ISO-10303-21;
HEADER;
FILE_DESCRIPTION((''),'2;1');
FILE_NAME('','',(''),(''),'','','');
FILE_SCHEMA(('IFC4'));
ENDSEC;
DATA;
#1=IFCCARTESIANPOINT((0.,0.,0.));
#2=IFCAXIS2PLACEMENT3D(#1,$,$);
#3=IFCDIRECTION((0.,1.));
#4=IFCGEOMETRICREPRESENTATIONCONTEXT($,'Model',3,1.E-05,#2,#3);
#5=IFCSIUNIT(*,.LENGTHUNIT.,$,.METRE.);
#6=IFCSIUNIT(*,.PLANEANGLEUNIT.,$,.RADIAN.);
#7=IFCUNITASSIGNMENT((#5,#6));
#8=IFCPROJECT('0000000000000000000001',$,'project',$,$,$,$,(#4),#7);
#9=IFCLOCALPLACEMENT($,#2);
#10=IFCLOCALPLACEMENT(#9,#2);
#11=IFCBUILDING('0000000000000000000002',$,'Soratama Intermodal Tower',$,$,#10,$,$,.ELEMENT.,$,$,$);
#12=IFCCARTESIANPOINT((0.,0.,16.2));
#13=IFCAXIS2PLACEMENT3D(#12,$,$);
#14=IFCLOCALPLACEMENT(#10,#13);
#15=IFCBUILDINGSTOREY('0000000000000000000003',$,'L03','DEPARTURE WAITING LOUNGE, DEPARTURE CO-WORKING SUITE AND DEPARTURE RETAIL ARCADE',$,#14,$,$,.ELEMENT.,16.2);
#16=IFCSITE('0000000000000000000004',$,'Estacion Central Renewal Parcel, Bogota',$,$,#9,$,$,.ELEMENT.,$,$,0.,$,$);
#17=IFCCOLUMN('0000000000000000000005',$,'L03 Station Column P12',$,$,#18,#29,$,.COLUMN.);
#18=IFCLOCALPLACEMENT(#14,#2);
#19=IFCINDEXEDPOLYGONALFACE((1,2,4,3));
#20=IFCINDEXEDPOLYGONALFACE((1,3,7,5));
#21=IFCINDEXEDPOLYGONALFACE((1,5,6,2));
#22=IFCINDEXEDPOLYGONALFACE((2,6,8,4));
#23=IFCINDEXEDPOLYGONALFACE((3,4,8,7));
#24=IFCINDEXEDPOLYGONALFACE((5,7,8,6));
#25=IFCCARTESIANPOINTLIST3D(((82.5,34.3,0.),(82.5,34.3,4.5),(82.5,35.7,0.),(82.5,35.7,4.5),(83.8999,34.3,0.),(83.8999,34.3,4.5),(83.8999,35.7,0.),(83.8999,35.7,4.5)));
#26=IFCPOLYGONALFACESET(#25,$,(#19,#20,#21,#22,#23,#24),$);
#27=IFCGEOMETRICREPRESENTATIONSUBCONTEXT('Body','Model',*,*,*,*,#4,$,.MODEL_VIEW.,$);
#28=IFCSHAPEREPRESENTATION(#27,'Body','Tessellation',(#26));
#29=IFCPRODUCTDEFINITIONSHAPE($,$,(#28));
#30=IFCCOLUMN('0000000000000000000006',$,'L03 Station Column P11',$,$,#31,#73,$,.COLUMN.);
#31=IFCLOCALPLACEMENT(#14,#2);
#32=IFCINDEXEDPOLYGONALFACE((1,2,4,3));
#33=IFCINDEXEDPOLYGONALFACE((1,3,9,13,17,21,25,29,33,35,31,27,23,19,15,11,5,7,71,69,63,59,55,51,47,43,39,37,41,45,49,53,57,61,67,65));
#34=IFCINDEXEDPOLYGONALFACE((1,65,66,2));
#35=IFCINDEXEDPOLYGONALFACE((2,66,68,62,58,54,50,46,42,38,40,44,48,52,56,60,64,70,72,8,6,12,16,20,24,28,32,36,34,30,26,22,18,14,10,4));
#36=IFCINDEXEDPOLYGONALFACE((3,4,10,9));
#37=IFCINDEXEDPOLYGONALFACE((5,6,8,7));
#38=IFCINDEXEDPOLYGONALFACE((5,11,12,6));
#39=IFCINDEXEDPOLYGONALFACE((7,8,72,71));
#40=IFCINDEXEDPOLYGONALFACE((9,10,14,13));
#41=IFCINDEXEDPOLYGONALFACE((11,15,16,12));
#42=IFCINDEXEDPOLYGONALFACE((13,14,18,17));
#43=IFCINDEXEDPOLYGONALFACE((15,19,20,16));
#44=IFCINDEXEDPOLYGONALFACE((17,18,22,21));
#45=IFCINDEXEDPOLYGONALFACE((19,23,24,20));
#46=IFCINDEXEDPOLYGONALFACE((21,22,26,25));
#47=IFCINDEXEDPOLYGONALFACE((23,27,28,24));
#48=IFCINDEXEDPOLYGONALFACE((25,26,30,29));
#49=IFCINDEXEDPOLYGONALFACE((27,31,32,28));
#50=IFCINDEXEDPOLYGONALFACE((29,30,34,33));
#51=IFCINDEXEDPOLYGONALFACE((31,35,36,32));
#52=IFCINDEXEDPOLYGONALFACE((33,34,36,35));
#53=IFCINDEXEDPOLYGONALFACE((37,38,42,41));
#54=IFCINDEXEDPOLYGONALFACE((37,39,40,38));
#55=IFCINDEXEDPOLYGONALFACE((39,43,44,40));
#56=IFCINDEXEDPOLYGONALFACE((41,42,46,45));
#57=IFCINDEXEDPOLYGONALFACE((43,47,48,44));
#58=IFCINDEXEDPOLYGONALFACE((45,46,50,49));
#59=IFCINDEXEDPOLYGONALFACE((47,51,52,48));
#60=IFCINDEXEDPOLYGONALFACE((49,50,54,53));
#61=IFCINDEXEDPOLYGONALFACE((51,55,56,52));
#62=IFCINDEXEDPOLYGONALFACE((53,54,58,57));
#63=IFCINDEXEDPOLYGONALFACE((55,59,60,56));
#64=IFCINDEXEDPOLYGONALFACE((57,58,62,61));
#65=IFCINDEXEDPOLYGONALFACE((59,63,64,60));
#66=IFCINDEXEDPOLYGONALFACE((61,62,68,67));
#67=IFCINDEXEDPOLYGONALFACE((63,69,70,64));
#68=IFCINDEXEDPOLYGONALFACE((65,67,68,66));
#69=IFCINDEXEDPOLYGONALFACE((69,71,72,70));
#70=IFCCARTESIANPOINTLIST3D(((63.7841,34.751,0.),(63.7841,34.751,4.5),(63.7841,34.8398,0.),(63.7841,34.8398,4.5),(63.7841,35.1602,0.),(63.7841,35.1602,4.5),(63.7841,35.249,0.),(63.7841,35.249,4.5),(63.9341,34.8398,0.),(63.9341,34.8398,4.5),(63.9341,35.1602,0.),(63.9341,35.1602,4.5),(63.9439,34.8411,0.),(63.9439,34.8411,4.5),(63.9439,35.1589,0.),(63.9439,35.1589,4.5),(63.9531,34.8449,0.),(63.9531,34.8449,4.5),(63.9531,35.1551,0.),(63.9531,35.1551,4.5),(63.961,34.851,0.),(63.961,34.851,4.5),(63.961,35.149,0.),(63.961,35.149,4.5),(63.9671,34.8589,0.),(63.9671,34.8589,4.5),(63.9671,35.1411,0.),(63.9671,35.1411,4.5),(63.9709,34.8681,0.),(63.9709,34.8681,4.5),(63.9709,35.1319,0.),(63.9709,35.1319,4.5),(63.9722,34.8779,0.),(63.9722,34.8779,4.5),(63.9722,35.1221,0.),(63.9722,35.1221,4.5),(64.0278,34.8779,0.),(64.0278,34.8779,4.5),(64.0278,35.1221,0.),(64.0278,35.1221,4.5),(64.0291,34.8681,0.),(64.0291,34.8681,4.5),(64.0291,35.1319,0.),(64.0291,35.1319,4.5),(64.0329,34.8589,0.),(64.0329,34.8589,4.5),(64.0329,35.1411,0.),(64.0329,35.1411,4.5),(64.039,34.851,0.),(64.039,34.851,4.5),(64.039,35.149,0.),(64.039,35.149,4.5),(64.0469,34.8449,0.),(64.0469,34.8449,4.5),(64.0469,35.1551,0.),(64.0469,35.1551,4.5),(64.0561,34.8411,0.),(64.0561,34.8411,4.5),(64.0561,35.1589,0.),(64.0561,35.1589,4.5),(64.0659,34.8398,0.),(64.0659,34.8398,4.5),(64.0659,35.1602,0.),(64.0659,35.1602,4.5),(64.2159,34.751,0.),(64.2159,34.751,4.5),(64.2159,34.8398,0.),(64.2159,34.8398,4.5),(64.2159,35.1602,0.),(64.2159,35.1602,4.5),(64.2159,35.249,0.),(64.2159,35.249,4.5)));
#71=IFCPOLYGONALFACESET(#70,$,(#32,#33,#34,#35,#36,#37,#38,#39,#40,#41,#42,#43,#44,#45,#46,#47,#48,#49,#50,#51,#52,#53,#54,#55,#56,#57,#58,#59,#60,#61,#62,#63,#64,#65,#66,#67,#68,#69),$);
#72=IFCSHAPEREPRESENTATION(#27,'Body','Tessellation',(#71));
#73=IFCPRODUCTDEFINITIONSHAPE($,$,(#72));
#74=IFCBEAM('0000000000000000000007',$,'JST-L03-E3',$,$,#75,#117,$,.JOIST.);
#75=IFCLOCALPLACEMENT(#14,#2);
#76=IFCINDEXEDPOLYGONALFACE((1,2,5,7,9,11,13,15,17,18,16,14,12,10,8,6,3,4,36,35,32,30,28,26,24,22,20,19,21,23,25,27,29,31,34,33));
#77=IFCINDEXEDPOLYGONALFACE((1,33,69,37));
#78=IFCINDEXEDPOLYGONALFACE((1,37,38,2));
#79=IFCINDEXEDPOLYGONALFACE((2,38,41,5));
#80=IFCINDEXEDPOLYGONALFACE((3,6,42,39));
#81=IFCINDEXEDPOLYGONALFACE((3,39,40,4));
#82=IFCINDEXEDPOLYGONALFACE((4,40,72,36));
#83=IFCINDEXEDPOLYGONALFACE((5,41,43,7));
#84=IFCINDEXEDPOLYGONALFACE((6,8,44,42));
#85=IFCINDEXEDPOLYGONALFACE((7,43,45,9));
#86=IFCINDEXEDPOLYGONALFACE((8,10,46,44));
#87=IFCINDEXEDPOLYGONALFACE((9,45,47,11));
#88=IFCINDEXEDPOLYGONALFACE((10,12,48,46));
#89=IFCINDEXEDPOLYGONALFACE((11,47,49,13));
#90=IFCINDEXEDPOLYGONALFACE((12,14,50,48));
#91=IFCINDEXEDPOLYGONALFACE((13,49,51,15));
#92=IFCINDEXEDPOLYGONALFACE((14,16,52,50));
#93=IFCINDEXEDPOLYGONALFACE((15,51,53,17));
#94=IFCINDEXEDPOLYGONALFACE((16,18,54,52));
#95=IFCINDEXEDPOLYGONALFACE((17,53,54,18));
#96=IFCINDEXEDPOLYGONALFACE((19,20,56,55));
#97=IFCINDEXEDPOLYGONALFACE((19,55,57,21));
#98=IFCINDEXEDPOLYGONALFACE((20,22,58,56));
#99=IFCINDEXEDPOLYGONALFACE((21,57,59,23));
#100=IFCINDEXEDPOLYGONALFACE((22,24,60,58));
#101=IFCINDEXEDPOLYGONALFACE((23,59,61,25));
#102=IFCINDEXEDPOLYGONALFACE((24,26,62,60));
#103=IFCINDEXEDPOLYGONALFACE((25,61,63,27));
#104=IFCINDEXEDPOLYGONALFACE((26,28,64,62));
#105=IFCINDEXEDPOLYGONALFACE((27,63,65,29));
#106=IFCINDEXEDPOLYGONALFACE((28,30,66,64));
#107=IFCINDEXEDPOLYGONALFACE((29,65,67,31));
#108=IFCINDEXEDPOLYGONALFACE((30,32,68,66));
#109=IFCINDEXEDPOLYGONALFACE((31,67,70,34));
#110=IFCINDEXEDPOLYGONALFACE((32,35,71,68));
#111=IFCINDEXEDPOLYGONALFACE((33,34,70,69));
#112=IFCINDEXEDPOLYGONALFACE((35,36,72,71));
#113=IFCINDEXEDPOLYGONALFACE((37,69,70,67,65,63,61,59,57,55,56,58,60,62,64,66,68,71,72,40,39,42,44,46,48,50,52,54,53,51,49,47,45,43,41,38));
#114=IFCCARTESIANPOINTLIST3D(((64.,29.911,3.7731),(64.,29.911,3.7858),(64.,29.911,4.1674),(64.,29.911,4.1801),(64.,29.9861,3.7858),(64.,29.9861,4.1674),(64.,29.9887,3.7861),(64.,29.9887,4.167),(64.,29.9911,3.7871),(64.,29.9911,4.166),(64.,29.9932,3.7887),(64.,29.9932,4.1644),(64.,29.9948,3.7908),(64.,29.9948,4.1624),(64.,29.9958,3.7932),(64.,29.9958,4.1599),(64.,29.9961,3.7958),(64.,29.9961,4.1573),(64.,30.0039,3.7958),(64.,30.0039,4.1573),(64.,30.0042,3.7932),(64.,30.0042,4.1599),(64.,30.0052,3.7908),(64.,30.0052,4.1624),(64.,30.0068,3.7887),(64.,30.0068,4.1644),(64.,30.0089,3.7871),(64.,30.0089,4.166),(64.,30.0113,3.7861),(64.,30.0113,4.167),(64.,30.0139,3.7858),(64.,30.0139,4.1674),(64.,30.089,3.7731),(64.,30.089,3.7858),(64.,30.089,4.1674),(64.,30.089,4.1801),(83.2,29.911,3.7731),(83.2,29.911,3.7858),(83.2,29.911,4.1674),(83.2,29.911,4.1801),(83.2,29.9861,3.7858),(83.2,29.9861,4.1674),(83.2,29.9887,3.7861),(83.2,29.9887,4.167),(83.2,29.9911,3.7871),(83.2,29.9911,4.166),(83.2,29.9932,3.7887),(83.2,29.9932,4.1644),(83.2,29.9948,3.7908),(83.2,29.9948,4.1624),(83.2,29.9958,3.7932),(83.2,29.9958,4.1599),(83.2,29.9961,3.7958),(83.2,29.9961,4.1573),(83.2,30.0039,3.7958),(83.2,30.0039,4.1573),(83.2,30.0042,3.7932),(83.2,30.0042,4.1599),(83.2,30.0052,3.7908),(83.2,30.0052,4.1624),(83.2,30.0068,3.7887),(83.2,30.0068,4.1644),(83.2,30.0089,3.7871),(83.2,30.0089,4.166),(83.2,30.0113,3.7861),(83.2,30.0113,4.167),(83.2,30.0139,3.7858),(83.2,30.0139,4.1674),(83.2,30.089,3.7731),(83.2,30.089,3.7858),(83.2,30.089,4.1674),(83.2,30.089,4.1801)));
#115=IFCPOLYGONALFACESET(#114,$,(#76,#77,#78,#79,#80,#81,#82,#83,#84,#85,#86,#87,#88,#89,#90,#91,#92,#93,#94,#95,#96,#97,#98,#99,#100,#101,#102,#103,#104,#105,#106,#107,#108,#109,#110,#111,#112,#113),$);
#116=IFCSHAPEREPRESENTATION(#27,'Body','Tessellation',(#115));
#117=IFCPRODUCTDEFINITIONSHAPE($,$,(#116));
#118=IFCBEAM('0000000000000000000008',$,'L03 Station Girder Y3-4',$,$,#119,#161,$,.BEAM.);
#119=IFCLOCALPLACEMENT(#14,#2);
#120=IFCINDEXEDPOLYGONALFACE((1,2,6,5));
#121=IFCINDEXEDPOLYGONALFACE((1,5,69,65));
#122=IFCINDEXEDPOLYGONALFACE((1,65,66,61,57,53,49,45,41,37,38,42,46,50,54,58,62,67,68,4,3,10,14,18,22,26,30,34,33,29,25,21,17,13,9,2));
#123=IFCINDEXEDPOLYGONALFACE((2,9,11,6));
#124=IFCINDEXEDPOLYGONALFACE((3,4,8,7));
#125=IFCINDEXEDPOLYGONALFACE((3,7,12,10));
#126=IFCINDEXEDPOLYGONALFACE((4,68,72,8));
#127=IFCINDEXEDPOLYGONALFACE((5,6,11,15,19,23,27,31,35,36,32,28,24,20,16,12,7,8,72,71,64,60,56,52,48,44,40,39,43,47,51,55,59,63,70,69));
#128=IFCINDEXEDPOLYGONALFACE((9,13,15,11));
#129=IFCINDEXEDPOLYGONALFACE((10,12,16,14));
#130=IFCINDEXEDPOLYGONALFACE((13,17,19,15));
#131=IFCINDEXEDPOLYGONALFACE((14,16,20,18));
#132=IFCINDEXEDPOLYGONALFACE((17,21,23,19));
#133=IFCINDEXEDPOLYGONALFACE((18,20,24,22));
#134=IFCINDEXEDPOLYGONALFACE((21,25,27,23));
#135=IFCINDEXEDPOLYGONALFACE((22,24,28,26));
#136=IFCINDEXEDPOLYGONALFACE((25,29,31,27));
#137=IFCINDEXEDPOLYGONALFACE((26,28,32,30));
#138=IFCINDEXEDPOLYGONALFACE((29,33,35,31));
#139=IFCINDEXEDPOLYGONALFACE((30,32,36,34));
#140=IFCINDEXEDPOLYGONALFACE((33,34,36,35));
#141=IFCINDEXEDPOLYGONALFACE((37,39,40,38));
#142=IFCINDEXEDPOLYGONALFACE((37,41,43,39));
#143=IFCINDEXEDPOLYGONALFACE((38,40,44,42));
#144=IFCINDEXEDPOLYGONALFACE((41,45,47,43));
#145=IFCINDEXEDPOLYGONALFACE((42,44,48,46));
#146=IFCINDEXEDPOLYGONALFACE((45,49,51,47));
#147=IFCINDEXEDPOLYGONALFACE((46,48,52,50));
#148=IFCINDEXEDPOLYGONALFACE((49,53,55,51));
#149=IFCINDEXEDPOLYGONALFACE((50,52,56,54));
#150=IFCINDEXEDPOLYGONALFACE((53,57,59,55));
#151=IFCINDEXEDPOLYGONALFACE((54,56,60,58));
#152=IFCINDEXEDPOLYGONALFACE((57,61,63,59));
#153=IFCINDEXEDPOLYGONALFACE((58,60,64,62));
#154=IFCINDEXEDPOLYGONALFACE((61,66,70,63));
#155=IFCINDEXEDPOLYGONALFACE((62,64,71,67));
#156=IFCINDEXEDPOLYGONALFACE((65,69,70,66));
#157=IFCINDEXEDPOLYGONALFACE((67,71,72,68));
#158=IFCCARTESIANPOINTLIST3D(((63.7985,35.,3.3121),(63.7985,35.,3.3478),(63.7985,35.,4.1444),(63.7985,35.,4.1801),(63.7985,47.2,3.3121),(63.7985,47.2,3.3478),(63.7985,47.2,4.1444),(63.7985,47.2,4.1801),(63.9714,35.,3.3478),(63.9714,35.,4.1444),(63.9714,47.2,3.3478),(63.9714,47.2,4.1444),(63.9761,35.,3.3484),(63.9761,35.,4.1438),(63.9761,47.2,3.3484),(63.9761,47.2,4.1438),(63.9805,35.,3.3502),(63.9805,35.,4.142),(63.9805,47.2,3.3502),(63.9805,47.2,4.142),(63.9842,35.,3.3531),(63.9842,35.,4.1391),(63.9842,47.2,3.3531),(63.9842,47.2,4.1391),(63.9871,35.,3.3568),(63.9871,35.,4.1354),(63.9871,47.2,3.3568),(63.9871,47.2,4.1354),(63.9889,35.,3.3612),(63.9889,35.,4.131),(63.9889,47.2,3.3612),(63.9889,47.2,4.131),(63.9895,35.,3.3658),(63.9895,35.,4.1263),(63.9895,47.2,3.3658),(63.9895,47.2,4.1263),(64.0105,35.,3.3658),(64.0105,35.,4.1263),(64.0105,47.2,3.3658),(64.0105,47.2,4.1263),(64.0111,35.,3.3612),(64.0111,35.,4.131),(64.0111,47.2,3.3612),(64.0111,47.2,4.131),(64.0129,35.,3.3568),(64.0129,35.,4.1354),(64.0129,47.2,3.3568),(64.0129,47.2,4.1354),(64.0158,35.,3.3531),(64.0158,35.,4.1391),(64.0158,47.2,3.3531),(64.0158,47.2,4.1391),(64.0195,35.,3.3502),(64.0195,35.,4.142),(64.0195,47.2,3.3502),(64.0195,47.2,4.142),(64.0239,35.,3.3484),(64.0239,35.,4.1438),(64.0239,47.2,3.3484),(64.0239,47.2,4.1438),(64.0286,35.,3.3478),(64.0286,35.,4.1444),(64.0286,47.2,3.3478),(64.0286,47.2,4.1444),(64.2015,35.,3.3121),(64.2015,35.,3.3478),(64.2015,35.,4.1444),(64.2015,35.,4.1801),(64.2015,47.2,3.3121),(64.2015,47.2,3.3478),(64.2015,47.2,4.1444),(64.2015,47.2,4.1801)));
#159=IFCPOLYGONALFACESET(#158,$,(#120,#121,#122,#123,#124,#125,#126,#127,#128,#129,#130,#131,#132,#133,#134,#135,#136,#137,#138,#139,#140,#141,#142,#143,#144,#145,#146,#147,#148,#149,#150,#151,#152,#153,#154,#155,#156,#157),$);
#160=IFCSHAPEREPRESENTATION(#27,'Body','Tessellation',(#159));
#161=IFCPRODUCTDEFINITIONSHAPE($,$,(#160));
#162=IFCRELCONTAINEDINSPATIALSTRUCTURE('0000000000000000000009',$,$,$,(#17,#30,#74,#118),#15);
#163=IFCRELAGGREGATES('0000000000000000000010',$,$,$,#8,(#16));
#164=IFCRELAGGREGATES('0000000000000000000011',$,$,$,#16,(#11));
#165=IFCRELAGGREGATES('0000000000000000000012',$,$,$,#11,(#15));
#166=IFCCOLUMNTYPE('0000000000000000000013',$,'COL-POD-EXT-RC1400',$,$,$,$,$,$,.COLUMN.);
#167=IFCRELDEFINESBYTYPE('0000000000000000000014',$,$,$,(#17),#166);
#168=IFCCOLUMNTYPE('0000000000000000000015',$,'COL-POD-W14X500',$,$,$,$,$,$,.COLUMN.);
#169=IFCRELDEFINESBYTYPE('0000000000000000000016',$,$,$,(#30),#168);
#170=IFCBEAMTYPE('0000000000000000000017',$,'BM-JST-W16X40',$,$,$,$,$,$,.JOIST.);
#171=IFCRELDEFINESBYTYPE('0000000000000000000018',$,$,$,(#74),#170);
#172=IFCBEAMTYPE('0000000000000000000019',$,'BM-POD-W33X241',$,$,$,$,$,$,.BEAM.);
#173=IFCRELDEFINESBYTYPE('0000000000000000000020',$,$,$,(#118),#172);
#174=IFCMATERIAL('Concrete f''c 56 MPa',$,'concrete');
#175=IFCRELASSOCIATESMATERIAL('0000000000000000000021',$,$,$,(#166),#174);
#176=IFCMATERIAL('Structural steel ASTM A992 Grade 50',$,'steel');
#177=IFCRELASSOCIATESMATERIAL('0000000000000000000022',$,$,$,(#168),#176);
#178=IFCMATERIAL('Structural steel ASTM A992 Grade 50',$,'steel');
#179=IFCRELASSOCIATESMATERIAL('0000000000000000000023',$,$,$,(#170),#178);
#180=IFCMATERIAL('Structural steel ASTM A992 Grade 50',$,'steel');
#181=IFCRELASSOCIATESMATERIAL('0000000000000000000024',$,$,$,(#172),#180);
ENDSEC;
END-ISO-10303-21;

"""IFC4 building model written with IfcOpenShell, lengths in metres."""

from ifc_helpers import new_model, si_unit, direction, frame, origin, origin_2d, place, context, subcontext, project, spatial, rectangle, i_section, extrude, material, material_profile, profile_set, type_object, element, save


model = new_model("IFC4")

# Units and contexts
model_context = context("Model", 3, precision=1e-05, world=origin(), true_north=direction((0.0, 1.0)))
body_context = subcontext(model_context, "Body", "Model", "MODEL_VIEW")
ifc_project = project(units=[si_unit("LENGTHUNIT", "METRE"), si_unit("PLANEANGLEUNIT", "RADIAN")], contexts=[model_context])

# Site, building, storey
site_placement = place(None, origin())
site = spatial("IfcSite", under=ifc_project, at=site_placement, Name="Estacion Central Renewal Parcel, Bogota", CompositionType="ELEMENT", RefElevation=0.0)
building_placement = place(site_placement, origin())
building = spatial("IfcBuilding", under=site, at=building_placement, Name="Soratama Intermodal Tower", CompositionType="ELEMENT")
storey_placement = place(building_placement, frame((0.0, 0.0, 16.2)))
storey = spatial("IfcBuildingStorey", under=building, at=storey_placement, Name="L03", Description="DEPARTURE WAITING LOUNGE, DEPARTURE CO-WORKING SUITE AND DEPARTURE RETAIL ARCADE", CompositionType="ELEMENT", Elevation=16.2)

# Columns
ifc_material_1 = material(Name="Concrete f'c 56 MPa", Category="concrete")
ifc_material_profile_1 = material_profile(ifc_material_1, rectangle(XDim=1.3999, YDim=1.3999, at=origin_2d()), Name="RC1400X1400")
ifc_profile_set_1 = profile_set([ifc_material_profile_1], Name="Concrete f'c 56 MPa")
column_type_1 = type_object("IfcColumnType", Name="COL-POD-EXT-RC1400", PredefinedType="COLUMN", material=ifc_profile_set_1)
column_1_placement = place(storey_placement, frame((83.2, 35.0, 0.0), z_axis=(0.0, 0.0, 1.0), x_axis=(1.0, 0.0, 0.0)))
element("IfcColumn", 1, at=column_1_placement, inside=storey, type_object=column_type_1, Name="L03 Station Column P12", PredefinedType="COLUMN", context=body_context, shape_type="SweptSolid", body=[
    extrude(rectangle(XDim=1.3999, YDim=1.3999, at=origin_2d()), origin(), (0.0, 0.0, 1.0), 4.5),
])
ifc_material_2 = material(Name="Structural steel ASTM A992 Grade 50", Category="steel")
ifc_material_profile_2 = material_profile(ifc_material_2, i_section(OverallWidth=0.4319, OverallDepth=0.498, WebThickness=0.0557, FlangeThickness=0.0889, FilletRadius=0.0381, at=origin_2d()), Name="W14X500")
ifc_profile_set_2 = profile_set([ifc_material_profile_2], Name="Structural steel ASTM A992 Grade 50")
column_type_2 = type_object("IfcColumnType", Name="COL-POD-W14X500", PredefinedType="COLUMN", material=ifc_profile_set_2)
column_2_placement = place(storey_placement, frame((64.0, 35.0, 0.0), z_axis=(0.0, 0.0, 1.0), x_axis=(1.0, 0.0, 0.0)))
element("IfcColumn", 2, at=column_2_placement, inside=storey, type_object=column_type_2, Name="L03 Station Column P11", PredefinedType="COLUMN", context=body_context, shape_type="SweptSolid", body=[
    extrude(i_section(OverallWidth=0.4319, OverallDepth=0.498, WebThickness=0.0557, FlangeThickness=0.0889, FilletRadius=0.0381, at=origin_2d()), origin(), (0.0, 0.0, 1.0), 4.5),
])

# Beams
ifc_material_3 = material(Name="Structural steel ASTM A992 Grade 50", Category="steel")
ifc_material_profile_3 = material_profile(ifc_material_3, i_section(OverallWidth=0.178, OverallDepth=0.407, WebThickness=0.0078, FlangeThickness=0.0127, FilletRadius=0.01, at=origin_2d()), Name="W16X40")
ifc_profile_set_3 = profile_set([ifc_material_profile_3], Name="Structural steel ASTM A992 Grade 50")
beam_type_1 = type_object("IfcBeamType", Name="BM-JST-W16X40", PredefinedType="JOIST", material=ifc_profile_set_3)
beam_1_placement = place(storey_placement, frame((64.0, 30.0, 3.9766), z_axis=(1.0, 0.0, 0.0), x_axis=(0.0, 1.0, 0.0)))
element("IfcBeam", 3, at=beam_1_placement, inside=storey, type_object=beam_type_1, Name="JST-L03-E3", PredefinedType="JOIST", context=body_context, shape_type="SweptSolid", body=[
    extrude(i_section(OverallWidth=0.178, OverallDepth=0.407, WebThickness=0.0078, FlangeThickness=0.0127, FilletRadius=0.01, at=origin_2d()), origin(), (0.0, 0.0, 1.0), 19.2),
])
ifc_material_4 = material(Name="Structural steel ASTM A992 Grade 50", Category="steel")
ifc_material_profile_4 = material_profile(ifc_material_4, i_section(OverallWidth=0.4031, OverallDepth=0.8679, WebThickness=0.021, FlangeThickness=0.0356, FilletRadius=0.0181, at=origin_2d()), Name="W33X241")
ifc_profile_set_4 = profile_set([ifc_material_profile_4], Name="Structural steel ASTM A992 Grade 50")
beam_type_2 = type_object("IfcBeamType", Name="BM-POD-W33X241", PredefinedType="BEAM", material=ifc_profile_set_4)
beam_2_placement = place(storey_placement, frame((64.0, 35.0, 3.7461), z_axis=(0.0, 1.0, 0.0), x_axis=(-1.0, 0.0, 0.0)))
element("IfcBeam", 4, at=beam_2_placement, inside=storey, type_object=beam_type_2, Name="L03 Station Girder Y3-4", PredefinedType="BEAM", context=body_context, shape_type="SweptSolid", body=[
    extrude(i_section(OverallWidth=0.4031, OverallDepth=0.8679, WebThickness=0.021, FlangeThickness=0.0356, FilletRadius=0.0181, at=origin_2d()), origin(), (0.0, 0.0, 1.0), 12.2),
])

save(model, "model.ifc")
